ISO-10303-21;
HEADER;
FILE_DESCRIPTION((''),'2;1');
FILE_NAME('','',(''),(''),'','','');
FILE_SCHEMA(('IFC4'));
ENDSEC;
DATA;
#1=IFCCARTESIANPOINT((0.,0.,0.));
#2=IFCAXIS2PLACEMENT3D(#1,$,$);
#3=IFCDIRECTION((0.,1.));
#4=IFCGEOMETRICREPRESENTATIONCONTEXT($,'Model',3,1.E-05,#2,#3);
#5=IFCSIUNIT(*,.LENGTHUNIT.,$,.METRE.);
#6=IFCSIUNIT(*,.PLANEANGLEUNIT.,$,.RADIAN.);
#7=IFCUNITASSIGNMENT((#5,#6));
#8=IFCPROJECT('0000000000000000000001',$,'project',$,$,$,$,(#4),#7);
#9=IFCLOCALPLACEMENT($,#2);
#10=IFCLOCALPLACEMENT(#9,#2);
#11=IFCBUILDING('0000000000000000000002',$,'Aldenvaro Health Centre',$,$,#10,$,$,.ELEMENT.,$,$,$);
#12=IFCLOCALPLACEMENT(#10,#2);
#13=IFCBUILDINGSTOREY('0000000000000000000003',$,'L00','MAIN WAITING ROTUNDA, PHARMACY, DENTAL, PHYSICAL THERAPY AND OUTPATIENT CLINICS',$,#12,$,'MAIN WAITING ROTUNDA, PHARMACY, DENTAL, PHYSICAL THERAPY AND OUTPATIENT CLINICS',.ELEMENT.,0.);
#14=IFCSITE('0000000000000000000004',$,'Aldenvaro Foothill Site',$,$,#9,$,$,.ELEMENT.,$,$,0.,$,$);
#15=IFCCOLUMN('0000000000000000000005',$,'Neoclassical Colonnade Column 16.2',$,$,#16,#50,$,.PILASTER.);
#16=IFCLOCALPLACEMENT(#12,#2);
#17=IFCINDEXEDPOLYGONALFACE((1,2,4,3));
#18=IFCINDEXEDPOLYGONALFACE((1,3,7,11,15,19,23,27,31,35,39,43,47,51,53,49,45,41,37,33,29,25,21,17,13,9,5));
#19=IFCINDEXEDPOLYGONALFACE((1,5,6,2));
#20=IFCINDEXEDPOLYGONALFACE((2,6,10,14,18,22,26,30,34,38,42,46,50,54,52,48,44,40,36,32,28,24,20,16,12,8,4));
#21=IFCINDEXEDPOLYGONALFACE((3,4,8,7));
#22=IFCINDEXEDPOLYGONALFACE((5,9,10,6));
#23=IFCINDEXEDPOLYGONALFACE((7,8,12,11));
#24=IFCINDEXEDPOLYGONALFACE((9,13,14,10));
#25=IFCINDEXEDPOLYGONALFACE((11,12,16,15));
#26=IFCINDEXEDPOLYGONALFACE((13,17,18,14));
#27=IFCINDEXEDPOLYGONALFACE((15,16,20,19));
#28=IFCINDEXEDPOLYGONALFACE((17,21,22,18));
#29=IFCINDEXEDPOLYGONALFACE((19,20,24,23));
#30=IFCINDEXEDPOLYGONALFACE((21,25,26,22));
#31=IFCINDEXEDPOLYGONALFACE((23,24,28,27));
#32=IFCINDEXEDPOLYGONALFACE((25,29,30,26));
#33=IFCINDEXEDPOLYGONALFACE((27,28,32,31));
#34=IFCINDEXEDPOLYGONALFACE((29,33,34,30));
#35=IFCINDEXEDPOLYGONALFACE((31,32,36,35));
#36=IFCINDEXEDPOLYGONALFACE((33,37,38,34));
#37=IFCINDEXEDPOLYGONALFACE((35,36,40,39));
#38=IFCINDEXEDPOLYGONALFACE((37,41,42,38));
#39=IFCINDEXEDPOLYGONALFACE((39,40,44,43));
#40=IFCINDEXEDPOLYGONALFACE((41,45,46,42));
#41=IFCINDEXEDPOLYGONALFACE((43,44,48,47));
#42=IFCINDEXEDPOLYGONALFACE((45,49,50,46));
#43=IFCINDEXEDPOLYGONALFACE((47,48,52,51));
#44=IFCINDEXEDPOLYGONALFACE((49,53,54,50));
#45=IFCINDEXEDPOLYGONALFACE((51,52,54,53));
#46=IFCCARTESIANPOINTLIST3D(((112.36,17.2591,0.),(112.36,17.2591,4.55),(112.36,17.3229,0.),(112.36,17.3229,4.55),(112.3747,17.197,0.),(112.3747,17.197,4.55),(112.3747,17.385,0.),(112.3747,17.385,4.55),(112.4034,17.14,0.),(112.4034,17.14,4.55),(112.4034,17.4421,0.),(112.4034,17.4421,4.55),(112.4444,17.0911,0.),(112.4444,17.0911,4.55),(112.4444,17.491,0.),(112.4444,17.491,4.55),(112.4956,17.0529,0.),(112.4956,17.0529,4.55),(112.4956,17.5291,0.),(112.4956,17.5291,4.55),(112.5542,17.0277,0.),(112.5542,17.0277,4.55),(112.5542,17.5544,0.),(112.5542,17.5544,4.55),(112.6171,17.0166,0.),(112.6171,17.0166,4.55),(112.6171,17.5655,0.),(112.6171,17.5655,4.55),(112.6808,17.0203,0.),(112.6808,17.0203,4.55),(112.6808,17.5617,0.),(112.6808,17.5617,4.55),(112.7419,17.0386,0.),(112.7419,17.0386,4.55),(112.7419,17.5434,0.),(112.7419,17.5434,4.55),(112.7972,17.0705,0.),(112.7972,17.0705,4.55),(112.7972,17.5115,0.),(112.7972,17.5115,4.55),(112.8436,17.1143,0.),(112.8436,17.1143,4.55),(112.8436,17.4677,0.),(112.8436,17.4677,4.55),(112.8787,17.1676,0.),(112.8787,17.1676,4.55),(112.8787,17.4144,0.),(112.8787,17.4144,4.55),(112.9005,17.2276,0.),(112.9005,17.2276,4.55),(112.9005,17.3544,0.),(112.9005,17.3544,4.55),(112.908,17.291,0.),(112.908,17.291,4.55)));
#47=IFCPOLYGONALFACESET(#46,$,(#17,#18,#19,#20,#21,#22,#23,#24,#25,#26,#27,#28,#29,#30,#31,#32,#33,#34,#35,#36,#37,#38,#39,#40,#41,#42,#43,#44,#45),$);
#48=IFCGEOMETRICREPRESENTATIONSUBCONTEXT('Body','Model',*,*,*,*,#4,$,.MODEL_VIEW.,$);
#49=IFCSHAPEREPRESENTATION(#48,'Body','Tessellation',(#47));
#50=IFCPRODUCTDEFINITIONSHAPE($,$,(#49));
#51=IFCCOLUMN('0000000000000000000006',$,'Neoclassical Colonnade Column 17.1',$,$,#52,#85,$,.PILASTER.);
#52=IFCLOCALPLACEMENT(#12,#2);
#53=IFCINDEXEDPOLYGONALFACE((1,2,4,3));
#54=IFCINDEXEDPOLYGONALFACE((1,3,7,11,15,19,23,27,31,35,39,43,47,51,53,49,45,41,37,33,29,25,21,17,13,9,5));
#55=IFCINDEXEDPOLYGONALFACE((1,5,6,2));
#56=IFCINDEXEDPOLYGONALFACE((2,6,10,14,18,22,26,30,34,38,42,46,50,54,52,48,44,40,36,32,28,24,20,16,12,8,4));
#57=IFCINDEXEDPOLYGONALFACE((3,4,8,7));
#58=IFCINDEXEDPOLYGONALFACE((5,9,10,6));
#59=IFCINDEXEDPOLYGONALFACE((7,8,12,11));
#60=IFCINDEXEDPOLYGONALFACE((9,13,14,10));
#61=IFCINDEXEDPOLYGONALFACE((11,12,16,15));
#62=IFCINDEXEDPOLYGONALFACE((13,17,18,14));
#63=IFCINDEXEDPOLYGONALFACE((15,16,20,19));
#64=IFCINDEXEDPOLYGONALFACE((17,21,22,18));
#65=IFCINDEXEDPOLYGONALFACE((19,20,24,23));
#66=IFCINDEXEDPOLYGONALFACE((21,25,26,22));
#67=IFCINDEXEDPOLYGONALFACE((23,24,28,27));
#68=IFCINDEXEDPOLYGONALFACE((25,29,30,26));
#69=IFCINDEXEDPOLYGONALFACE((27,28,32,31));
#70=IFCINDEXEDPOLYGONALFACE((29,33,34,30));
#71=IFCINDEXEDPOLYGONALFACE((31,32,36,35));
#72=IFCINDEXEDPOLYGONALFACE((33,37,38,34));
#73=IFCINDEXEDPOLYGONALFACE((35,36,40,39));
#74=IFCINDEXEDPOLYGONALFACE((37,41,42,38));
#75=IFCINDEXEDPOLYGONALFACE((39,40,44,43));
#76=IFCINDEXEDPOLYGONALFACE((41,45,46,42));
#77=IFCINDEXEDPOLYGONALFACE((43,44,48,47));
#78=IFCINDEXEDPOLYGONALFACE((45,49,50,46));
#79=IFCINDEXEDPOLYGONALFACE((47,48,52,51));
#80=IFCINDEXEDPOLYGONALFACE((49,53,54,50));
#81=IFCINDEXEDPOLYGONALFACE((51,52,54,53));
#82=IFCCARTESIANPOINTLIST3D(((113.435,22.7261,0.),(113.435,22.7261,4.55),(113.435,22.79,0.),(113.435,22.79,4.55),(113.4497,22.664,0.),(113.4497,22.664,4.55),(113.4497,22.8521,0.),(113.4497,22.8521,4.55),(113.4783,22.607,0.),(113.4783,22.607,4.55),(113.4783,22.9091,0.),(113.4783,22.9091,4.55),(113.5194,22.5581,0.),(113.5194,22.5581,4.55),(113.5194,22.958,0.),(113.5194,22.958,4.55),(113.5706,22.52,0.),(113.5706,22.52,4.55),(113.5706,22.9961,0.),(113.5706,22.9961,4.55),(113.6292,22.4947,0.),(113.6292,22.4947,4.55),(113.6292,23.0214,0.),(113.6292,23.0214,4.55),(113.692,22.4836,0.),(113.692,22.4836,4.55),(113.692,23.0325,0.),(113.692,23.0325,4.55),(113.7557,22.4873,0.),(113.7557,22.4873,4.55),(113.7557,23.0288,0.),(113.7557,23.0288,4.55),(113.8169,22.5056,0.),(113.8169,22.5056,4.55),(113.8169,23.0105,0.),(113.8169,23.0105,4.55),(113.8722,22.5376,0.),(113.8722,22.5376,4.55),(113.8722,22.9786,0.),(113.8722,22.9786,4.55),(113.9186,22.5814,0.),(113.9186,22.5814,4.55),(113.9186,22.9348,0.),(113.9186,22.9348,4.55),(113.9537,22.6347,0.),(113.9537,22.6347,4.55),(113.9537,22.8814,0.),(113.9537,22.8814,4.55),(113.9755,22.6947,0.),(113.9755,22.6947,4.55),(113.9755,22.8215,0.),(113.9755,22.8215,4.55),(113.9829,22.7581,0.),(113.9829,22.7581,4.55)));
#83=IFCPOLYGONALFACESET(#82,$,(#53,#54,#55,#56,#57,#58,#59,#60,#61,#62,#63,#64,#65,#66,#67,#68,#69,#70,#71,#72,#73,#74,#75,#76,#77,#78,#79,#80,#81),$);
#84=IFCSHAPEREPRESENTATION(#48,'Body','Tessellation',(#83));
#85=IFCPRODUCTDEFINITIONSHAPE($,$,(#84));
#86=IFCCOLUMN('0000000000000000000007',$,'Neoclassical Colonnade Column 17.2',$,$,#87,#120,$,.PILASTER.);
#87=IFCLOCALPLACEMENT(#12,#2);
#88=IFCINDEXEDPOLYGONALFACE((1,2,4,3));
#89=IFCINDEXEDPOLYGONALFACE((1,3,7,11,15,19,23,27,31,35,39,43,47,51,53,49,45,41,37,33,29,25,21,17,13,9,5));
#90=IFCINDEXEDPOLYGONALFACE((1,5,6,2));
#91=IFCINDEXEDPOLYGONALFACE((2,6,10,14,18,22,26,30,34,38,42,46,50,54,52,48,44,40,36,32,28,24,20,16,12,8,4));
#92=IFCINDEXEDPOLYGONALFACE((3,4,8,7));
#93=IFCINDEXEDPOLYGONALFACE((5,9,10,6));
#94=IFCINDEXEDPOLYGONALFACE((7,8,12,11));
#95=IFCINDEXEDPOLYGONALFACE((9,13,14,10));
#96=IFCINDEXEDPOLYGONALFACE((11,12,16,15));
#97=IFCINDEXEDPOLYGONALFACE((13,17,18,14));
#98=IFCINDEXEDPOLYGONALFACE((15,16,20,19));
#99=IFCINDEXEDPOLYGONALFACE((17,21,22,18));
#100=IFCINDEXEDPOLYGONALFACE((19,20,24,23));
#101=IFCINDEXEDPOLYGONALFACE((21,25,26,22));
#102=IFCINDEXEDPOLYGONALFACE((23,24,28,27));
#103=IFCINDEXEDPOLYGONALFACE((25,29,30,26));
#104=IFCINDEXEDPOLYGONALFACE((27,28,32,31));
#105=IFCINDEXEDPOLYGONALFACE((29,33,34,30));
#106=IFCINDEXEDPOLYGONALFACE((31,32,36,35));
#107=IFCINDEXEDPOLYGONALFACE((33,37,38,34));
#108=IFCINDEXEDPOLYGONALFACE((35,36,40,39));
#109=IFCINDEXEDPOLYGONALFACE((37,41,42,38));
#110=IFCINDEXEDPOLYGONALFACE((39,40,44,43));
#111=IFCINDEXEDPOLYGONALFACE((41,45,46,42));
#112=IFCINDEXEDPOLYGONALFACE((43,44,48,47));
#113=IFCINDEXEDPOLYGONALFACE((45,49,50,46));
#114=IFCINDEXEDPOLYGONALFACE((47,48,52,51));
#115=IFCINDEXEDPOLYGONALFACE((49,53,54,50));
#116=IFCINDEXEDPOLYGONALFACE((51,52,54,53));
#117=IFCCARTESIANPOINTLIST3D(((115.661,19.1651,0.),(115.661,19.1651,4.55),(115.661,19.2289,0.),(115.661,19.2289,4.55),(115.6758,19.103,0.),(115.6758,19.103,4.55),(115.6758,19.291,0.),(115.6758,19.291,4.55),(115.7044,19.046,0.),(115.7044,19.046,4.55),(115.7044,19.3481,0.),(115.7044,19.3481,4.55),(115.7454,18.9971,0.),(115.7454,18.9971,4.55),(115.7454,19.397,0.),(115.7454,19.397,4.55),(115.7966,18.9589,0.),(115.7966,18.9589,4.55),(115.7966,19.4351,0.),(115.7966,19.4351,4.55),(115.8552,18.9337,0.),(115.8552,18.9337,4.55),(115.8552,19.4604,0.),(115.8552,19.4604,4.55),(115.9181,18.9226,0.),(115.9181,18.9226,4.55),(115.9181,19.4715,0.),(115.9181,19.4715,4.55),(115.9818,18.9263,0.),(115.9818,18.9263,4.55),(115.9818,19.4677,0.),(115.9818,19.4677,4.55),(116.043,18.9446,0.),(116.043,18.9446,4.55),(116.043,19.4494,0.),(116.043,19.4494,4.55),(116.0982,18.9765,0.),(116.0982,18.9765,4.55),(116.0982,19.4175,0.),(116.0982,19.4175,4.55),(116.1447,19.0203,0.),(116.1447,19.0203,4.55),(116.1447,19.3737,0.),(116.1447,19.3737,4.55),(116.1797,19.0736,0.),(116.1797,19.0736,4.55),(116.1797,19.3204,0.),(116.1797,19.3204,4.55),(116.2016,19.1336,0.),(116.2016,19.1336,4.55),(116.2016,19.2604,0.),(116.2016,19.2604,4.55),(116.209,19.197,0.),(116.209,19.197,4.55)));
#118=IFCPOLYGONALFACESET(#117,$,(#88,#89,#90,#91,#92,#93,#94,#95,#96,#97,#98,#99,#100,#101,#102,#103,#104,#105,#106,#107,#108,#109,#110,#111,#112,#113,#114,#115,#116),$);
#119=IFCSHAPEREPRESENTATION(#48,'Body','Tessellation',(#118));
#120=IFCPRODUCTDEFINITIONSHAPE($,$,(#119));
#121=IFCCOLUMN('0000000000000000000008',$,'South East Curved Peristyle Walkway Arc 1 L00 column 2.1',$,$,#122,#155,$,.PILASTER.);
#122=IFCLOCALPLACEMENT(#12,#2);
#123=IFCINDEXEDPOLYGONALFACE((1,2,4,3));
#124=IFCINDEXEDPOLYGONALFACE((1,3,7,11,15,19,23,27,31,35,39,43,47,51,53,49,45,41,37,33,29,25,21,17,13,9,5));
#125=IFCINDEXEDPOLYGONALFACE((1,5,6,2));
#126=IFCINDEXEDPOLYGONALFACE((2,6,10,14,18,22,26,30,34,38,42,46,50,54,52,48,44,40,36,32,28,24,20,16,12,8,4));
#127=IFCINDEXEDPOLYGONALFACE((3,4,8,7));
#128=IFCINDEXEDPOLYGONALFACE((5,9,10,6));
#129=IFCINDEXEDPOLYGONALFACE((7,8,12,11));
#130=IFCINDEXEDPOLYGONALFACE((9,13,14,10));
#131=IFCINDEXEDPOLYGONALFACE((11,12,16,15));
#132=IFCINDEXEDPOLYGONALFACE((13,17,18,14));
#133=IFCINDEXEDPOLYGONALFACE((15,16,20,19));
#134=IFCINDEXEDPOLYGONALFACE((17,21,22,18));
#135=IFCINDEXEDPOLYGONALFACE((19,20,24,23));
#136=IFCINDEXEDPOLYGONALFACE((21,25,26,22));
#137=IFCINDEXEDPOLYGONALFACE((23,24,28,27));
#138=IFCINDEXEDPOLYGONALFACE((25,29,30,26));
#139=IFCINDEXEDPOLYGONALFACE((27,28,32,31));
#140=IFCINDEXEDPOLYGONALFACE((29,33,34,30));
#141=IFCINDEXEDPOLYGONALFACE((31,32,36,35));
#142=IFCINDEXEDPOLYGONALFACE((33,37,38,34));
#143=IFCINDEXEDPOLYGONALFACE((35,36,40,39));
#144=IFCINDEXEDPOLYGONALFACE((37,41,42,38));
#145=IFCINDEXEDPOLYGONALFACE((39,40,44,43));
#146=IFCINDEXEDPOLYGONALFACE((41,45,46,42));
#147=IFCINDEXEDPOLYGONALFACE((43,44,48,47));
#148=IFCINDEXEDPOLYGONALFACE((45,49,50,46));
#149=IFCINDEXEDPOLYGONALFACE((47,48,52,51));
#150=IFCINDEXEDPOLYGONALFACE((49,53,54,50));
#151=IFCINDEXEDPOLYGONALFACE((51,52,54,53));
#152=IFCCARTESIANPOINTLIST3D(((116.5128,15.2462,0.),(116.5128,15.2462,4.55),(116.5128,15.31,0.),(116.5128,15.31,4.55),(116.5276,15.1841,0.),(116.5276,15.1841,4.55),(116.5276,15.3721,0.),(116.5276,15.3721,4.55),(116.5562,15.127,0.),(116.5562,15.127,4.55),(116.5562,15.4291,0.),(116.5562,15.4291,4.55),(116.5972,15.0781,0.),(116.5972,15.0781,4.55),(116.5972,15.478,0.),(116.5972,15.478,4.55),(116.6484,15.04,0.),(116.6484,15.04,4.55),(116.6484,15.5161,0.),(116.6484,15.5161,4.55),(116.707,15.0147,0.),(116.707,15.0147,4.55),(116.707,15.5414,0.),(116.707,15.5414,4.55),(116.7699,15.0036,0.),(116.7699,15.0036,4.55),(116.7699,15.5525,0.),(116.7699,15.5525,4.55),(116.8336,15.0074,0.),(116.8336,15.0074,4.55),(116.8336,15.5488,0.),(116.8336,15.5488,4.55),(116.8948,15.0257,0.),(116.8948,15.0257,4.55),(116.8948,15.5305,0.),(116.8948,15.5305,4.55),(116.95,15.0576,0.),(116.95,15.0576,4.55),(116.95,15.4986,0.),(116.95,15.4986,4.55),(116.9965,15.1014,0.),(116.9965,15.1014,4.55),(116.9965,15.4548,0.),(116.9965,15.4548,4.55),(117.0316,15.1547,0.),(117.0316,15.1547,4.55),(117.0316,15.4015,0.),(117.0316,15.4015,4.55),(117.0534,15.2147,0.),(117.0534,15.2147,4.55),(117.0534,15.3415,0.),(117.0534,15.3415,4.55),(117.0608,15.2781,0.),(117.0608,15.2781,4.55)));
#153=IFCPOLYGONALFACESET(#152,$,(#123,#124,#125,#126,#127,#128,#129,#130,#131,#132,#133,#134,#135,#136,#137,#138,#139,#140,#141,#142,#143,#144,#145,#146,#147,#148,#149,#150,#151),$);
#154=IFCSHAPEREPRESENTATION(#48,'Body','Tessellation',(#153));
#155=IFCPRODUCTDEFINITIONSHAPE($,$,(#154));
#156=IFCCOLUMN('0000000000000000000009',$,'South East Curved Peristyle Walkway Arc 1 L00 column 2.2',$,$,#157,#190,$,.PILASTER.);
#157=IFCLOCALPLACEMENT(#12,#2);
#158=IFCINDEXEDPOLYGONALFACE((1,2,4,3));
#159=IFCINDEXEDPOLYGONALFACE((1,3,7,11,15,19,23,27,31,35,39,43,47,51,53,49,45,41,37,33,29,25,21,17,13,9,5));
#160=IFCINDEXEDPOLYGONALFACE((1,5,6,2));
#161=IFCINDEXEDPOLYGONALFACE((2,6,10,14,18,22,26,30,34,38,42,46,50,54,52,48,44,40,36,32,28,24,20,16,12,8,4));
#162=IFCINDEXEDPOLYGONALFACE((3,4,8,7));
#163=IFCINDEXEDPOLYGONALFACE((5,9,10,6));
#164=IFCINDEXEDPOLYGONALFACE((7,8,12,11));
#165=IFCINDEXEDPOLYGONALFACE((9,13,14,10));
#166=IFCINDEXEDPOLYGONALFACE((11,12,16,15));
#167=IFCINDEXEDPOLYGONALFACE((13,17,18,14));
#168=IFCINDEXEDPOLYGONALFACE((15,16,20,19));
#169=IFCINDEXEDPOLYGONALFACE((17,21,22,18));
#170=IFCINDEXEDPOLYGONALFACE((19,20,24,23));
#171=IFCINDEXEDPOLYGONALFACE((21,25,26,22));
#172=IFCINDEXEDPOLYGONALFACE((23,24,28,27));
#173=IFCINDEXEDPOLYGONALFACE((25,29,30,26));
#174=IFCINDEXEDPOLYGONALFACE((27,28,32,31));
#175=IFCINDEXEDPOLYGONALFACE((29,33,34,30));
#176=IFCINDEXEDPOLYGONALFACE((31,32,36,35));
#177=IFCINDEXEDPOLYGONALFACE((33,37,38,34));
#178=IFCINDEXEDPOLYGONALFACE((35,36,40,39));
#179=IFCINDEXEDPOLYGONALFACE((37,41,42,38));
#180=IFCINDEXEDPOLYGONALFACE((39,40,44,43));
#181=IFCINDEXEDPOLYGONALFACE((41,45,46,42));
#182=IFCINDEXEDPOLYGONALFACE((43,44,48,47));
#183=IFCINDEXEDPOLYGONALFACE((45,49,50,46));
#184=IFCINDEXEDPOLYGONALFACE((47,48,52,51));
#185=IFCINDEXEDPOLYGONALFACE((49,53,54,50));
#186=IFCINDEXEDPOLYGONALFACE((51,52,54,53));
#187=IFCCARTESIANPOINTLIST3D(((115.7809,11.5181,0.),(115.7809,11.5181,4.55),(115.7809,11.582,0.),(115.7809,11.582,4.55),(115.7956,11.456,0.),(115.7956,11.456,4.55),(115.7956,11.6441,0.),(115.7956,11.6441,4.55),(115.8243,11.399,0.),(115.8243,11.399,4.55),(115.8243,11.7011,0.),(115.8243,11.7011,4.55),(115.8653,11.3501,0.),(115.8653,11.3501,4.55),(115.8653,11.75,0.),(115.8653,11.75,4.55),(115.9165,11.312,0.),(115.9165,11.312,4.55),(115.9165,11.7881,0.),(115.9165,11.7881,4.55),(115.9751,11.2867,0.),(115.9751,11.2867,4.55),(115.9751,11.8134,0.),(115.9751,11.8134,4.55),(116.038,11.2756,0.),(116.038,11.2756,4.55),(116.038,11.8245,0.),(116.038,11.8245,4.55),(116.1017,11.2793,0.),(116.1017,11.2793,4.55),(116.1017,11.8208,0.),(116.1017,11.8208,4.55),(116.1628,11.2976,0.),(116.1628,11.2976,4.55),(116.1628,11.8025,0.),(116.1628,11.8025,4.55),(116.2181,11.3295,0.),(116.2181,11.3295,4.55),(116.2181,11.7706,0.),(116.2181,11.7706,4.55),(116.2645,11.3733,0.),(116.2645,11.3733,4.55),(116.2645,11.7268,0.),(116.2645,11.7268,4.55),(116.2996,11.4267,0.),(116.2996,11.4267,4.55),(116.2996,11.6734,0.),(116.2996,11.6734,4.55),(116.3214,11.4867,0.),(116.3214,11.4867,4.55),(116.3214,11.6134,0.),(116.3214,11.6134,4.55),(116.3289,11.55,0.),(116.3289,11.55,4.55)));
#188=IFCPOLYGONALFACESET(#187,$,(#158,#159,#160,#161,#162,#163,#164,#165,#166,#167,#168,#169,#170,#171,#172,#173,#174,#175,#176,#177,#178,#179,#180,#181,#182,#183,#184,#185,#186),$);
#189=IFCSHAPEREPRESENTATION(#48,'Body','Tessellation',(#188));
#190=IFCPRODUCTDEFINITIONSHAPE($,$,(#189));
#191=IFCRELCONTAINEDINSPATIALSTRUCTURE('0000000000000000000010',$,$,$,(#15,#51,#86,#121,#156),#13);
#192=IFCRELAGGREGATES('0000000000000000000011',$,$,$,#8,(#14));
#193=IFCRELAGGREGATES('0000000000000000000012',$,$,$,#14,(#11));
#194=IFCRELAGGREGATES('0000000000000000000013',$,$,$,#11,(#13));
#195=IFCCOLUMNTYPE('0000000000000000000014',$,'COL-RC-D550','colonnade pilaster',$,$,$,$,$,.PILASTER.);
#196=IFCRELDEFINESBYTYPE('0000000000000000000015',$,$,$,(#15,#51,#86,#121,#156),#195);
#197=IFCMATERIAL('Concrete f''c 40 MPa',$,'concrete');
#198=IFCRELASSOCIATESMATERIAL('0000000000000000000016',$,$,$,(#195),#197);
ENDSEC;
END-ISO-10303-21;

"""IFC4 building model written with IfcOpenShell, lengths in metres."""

from ifc_helpers import new_model, si_unit, direction, frame, origin, origin_2d, place, context, subcontext, project, spatial, circle, extrude, material, material_profile, profile_set, type_object, element, save


model = new_model("IFC4")

# Units and contexts
model_context = context("Model", 3, precision=1e-05, world=origin(), true_north=direction((0.0, 1.0)))
body_context = subcontext(model_context, "Body", "Model", "MODEL_VIEW")
ifc_project = project(units=[si_unit("LENGTHUNIT", "METRE"), si_unit("PLANEANGLEUNIT", "RADIAN")], contexts=[model_context])

# Site, building, storey
site_placement = place(None, origin())
site = spatial("IfcSite", under=ifc_project, at=site_placement, Name="Aldenvaro Foothill Site", CompositionType="ELEMENT", RefElevation=0.0)
building_placement = place(site_placement, origin())
building = spatial("IfcBuilding", under=site, at=building_placement, Name="Aldenvaro Health Centre", CompositionType="ELEMENT")
storey_placement = place(building_placement, origin())
storey = spatial("IfcBuildingStorey", under=building, at=storey_placement, Name="L00", Description="MAIN WAITING ROTUNDA, PHARMACY, DENTAL, PHYSICAL THERAPY AND OUTPATIENT CLINICS", LongName="MAIN WAITING ROTUNDA, PHARMACY, DENTAL, PHYSICAL THERAPY AND OUTPATIENT CLINICS", CompositionType="ELEMENT", Elevation=0.0)

# Columns
ifc_material_1 = material(Name="Concrete f'c 40 MPa", Category="concrete")
ifc_material_profile_1 = material_profile(ifc_material_1, circle(Radius=0.2749, at=origin_2d()), Name="RC D550", Category="concrete")
ifc_profile_set_1 = profile_set([ifc_material_profile_1], Name="Concrete f'c 40 MPa")
column_type = type_object("IfcColumnType", Name="COL-RC-D550", Description="colonnade pilaster", PredefinedType="PILASTER", material=ifc_profile_set_1)
for number, where, z_axis, x_axis, name in (
    (1, (112.6331, 17.291, 0.0), (0.0, 0.0, 1.0), (1.0, 0.0, 0.0), "Neoclassical Colonnade Column 16.2"),
    (2, (113.708, 22.7581, 0.0), (0.0, 0.0, 1.0), (1.0, 0.0, 0.0), "Neoclassical Colonnade Column 17.1"),
    (3, (115.9341, 19.197, 0.0), (0.0, 0.0, 1.0), (1.0, 0.0, 0.0), "Neoclassical Colonnade Column 17.2"),
    (4, (116.7859, 15.2781, 0.0), (0.0, 0.0, 1.0), (1.0, 0.0, 0.0), "South East Curved Peristyle Walkway Arc 1 L00 column 2.1"),
    (5, (116.054, 11.55, 0.0), (0.0, 0.0, 1.0), (1.0, 0.0, 0.0), "South East Curved Peristyle Walkway Arc 1 L00 column 2.2"),
):
    element("IfcColumn", number, at=place(storey_placement, frame(where, z_axis=z_axis, x_axis=x_axis)), inside=storey, type_object=column_type, Name=name, PredefinedType="PILASTER", context=body_context, shape_type="SweptSolid", body=[
        extrude(circle(Radius=0.2749, at=origin_2d()), origin(), (0.0, 0.0, 1.0), 4.55),
    ])

save(model, "model.ifc")
